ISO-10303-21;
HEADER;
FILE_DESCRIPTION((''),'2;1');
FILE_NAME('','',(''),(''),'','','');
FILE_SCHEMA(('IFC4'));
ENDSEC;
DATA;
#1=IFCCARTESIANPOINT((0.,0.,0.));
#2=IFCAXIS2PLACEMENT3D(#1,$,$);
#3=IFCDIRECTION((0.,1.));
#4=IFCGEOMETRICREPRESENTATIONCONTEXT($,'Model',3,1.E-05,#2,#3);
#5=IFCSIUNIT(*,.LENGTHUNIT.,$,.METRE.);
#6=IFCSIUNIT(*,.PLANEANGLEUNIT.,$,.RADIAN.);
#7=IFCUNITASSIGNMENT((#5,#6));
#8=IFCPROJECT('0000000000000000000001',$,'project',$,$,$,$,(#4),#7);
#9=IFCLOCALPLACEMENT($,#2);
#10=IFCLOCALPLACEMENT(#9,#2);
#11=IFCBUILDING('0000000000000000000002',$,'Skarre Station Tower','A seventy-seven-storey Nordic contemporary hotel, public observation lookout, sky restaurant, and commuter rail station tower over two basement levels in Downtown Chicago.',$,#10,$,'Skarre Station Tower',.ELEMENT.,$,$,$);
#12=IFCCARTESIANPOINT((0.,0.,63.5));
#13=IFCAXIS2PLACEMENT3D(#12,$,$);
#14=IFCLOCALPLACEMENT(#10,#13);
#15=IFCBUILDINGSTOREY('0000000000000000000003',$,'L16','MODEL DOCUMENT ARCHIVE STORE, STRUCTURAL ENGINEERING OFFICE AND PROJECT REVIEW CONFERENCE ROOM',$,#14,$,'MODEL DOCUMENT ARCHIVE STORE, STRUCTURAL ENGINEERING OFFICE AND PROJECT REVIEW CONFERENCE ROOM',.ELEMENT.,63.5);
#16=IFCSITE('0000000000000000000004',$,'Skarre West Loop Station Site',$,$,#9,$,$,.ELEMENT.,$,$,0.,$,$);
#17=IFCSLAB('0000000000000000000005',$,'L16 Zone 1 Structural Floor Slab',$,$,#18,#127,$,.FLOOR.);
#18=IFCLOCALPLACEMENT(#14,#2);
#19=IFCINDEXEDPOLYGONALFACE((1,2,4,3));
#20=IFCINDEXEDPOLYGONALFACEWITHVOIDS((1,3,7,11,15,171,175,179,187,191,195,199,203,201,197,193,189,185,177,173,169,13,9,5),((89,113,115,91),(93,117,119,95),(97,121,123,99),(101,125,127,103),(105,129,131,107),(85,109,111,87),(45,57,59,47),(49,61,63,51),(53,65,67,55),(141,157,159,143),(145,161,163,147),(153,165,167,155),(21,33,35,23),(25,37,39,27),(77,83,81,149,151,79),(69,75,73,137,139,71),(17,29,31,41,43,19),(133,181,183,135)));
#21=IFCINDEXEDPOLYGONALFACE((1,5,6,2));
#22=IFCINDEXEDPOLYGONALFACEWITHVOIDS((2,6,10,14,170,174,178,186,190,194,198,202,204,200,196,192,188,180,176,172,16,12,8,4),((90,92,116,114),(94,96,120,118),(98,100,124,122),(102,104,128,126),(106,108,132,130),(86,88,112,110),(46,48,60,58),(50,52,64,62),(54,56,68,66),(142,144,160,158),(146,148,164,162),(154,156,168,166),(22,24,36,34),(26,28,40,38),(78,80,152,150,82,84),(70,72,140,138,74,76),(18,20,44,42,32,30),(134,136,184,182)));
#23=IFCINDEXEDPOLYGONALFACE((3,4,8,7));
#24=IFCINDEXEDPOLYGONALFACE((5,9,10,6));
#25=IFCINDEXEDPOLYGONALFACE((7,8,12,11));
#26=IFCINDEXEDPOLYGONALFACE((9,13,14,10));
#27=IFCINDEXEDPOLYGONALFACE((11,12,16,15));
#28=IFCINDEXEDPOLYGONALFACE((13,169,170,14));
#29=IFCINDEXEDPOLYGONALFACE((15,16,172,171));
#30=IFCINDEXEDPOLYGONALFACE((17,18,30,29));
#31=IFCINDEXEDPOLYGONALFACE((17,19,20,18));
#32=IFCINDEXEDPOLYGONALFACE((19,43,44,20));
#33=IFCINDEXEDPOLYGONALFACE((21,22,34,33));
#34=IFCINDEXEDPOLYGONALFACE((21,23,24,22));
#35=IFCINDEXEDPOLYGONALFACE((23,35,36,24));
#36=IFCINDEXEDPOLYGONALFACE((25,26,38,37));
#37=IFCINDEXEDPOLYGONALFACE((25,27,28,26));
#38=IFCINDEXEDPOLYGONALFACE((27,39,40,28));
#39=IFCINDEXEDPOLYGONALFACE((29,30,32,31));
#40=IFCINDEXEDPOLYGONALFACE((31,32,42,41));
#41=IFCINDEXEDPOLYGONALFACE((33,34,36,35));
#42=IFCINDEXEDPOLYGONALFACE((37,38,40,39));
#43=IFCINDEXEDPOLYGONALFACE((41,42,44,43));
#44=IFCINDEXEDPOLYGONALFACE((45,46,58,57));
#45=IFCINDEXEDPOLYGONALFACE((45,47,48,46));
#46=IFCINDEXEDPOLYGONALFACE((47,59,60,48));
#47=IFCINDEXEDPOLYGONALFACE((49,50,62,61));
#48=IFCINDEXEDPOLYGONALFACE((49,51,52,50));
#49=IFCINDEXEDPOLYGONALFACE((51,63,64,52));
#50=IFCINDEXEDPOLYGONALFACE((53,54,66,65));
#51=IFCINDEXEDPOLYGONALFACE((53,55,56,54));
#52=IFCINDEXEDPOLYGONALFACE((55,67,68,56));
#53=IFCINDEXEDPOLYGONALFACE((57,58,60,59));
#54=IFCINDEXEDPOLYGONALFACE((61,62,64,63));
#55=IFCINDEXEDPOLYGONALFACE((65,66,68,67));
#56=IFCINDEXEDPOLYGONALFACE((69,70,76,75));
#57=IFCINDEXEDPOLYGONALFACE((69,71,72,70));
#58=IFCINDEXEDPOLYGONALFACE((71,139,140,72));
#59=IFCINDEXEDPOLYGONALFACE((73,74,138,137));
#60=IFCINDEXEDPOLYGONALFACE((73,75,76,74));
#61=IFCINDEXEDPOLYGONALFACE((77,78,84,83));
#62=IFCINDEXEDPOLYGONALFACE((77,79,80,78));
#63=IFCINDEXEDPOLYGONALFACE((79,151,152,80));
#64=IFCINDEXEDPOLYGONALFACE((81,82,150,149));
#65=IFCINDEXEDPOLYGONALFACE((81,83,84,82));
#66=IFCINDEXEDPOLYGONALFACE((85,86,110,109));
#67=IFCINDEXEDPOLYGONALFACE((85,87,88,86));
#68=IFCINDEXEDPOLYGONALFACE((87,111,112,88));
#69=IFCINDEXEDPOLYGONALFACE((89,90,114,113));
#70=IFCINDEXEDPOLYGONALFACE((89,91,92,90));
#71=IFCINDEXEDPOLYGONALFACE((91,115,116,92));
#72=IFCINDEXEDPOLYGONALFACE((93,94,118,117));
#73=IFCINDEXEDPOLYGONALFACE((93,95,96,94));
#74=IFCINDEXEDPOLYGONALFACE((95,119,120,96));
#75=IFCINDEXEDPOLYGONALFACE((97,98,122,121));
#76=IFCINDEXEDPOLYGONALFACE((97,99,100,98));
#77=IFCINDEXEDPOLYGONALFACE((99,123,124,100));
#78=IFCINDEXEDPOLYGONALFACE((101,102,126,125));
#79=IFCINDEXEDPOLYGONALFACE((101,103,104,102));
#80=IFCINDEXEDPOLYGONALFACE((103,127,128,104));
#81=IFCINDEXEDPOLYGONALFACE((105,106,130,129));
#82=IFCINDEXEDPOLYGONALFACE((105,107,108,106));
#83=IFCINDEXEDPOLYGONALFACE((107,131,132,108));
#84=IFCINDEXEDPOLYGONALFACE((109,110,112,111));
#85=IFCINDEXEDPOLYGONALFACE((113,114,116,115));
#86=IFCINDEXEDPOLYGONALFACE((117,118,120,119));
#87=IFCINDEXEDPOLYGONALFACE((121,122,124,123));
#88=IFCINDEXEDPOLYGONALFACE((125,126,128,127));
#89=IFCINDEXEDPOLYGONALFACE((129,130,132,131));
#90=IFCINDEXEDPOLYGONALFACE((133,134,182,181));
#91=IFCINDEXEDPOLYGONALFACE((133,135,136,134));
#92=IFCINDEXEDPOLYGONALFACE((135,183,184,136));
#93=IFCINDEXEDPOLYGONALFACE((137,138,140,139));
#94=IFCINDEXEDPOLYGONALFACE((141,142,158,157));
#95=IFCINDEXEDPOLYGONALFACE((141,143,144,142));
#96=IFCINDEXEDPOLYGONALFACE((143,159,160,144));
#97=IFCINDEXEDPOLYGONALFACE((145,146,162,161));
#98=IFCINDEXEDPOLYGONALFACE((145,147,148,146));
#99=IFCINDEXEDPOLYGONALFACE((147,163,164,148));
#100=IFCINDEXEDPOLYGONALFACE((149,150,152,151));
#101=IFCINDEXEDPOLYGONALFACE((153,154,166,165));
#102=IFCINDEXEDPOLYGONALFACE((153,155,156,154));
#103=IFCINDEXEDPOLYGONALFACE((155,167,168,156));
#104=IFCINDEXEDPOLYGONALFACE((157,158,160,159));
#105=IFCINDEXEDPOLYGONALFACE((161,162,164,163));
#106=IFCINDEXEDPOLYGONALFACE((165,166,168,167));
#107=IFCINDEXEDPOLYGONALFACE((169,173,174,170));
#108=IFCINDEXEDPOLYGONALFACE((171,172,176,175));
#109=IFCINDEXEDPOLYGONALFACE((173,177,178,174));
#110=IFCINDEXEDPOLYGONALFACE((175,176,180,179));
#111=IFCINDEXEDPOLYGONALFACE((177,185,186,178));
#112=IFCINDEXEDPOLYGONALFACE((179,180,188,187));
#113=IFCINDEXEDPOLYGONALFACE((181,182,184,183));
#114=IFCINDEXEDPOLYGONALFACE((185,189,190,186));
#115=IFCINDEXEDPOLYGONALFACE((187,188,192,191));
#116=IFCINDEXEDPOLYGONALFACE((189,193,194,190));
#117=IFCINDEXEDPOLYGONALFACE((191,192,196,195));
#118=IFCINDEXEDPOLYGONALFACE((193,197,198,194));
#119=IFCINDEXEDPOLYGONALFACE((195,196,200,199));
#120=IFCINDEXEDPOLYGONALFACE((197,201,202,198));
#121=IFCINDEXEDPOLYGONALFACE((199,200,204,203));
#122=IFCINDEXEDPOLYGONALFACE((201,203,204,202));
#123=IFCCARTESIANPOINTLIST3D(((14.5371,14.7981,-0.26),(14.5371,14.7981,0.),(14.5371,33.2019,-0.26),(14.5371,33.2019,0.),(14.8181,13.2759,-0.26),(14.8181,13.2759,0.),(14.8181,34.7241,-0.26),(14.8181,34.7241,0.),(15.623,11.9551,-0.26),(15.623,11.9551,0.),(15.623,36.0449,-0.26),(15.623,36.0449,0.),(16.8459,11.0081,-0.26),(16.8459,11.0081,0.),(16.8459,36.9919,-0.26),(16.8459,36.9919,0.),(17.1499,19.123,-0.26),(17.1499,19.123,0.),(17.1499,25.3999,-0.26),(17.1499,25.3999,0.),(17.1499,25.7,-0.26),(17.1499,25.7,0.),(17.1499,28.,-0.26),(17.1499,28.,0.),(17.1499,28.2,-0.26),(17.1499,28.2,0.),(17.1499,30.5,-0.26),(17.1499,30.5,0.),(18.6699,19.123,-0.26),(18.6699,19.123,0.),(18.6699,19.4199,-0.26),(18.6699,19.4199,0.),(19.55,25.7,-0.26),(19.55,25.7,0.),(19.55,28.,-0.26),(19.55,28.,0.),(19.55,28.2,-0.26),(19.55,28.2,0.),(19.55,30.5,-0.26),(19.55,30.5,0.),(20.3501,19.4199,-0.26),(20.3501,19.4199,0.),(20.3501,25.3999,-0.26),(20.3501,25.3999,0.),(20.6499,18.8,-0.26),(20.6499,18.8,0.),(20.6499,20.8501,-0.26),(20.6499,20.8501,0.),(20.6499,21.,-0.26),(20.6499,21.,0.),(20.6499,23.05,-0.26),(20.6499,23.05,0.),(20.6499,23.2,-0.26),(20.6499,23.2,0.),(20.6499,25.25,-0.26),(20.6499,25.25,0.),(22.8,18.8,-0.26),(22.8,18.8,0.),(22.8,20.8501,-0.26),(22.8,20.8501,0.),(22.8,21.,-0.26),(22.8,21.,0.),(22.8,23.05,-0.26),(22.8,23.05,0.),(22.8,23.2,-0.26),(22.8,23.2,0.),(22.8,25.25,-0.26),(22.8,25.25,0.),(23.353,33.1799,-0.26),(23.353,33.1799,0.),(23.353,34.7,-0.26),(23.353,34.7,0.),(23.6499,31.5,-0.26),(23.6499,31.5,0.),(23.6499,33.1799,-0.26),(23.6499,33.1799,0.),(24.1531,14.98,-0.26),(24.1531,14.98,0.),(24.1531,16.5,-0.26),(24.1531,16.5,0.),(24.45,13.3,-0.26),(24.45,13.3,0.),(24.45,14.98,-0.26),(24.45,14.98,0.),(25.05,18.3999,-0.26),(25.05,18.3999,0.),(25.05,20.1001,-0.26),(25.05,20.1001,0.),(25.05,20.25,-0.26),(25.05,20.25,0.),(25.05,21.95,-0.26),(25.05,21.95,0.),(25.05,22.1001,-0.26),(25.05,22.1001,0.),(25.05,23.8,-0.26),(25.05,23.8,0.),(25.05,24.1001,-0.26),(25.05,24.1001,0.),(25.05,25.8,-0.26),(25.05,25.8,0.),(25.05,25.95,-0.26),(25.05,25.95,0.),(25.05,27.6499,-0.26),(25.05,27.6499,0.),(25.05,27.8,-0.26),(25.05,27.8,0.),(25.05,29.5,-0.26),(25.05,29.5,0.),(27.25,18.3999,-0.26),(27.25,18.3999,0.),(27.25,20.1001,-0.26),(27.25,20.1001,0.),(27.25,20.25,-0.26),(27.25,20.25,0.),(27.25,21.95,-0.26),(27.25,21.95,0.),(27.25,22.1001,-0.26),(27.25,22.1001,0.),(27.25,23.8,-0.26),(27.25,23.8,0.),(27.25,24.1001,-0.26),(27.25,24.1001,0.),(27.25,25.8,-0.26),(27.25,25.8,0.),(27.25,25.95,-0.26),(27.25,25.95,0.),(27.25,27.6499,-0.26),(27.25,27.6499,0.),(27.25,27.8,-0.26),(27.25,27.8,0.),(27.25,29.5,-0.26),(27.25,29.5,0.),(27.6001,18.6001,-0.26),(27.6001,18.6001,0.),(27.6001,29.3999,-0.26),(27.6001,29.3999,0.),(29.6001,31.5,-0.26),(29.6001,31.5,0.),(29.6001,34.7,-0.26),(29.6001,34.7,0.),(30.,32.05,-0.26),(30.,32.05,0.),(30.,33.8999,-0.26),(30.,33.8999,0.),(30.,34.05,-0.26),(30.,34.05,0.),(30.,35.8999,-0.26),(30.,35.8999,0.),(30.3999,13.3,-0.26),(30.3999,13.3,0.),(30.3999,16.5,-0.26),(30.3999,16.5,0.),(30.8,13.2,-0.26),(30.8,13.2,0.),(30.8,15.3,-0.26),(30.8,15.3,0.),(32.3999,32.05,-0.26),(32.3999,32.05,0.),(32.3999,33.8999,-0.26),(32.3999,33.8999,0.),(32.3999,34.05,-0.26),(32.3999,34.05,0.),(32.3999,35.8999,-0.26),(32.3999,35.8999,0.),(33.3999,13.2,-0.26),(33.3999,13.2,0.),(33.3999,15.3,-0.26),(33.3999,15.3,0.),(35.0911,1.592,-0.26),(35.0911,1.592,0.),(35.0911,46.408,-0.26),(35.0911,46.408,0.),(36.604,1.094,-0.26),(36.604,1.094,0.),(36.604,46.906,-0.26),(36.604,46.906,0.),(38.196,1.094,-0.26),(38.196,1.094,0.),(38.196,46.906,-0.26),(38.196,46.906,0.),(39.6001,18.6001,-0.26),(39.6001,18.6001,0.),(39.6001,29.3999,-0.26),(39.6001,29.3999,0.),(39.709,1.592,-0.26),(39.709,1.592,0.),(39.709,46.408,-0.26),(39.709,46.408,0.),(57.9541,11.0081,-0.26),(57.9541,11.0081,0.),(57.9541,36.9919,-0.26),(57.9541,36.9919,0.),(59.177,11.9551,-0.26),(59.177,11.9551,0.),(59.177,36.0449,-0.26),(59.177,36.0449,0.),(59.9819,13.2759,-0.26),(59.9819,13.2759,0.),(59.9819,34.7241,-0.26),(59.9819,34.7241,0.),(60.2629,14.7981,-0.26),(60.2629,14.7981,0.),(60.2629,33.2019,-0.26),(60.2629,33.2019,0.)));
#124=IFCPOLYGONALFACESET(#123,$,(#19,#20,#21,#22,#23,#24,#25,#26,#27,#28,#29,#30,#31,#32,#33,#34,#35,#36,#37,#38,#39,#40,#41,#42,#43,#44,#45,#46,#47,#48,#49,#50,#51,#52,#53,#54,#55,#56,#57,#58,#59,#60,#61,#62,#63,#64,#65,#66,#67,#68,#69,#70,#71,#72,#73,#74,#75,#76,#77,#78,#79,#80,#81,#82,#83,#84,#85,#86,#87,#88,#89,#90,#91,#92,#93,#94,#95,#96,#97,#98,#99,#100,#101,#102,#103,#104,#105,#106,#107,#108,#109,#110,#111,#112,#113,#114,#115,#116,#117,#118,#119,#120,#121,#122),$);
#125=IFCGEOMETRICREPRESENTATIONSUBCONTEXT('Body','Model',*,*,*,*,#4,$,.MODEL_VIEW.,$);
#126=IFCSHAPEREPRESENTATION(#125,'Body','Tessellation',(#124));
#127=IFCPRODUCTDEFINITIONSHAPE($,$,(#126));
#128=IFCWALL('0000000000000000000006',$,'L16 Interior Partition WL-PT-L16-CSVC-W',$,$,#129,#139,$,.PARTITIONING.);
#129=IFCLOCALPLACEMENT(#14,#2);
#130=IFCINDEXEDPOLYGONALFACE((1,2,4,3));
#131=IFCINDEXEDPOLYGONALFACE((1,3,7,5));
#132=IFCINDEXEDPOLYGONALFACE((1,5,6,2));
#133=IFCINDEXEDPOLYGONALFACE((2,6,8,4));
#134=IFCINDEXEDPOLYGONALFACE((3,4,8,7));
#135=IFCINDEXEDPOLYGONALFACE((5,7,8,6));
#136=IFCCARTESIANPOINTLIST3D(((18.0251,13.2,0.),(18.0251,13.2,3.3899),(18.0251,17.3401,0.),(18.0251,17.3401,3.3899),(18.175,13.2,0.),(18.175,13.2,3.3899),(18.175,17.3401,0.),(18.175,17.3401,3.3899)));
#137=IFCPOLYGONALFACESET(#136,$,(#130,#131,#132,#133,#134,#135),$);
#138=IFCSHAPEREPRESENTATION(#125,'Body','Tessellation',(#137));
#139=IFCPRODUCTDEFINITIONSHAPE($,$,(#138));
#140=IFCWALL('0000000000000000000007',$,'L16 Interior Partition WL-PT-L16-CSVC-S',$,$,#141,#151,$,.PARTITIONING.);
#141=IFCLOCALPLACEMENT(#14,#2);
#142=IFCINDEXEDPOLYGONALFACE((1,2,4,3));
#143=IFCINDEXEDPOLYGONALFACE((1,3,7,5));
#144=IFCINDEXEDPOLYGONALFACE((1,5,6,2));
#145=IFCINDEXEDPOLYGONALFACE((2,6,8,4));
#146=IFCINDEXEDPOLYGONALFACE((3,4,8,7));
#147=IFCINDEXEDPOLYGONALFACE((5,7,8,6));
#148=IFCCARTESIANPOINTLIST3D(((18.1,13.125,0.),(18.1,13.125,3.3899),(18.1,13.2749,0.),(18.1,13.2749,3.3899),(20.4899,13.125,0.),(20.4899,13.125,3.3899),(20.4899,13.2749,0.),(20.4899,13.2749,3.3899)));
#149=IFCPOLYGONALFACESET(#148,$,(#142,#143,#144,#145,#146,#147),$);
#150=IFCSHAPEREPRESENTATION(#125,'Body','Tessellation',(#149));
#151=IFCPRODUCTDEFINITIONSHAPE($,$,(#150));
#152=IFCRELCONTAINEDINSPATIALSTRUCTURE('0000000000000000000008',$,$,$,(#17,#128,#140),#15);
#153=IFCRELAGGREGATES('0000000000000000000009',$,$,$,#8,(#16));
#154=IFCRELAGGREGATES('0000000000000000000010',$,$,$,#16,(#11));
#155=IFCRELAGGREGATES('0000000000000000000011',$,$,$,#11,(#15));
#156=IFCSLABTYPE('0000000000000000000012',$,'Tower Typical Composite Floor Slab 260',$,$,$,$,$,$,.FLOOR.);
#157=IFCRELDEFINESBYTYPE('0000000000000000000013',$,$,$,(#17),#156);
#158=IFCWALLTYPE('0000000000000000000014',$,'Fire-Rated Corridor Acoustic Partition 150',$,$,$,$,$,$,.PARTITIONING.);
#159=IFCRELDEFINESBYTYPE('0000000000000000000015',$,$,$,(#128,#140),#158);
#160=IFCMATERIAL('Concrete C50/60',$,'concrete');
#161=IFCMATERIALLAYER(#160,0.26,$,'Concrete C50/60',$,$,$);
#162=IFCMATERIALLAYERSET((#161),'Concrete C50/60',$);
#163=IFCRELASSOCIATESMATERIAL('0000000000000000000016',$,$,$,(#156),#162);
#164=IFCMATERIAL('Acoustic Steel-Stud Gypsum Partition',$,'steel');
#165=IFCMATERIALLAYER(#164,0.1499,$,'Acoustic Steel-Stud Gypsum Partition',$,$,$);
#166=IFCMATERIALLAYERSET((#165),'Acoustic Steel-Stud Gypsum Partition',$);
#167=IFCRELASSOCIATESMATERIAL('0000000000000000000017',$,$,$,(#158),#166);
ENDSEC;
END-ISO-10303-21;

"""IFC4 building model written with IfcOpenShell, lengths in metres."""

from ifc_helpers import new_model, si_unit, direction, frame, frame_2d, origin, place, context, subcontext, project, spatial, polyline, rectangle, outline, extrude, material, layer, layer_set, type_object, element, save


model = new_model("IFC4")

# Units and contexts
model_context = context("Model", 3, precision=1e-05, world=origin(), true_north=direction((0.0, 1.0)))
body_context = subcontext(model_context, "Body", "Model", "MODEL_VIEW")
ifc_project = project(units=[si_unit("LENGTHUNIT", "METRE"), si_unit("PLANEANGLEUNIT", "RADIAN")], contexts=[model_context])

# Site, building, storey
site_placement = place(None, origin())
site = spatial("IfcSite", under=ifc_project, at=site_placement, Name="Skarre West Loop Station Site", CompositionType="ELEMENT", RefElevation=0.0)
building_placement = place(site_placement, origin())
building = spatial("IfcBuilding", under=site, at=building_placement, Name="Skarre Station Tower", Description="A seventy-seven-storey Nordic contemporary hotel, public observation lookout, sky restaurant, and commuter rail station tower over two basement levels in Downtown Chicago.", LongName="Skarre Station Tower", CompositionType="ELEMENT")
storey_placement = place(building_placement, frame((0.0, 0.0, 63.5)))
storey = spatial("IfcBuildingStorey", under=building, at=storey_placement, Name="L16", Description="MODEL DOCUMENT ARCHIVE STORE, STRUCTURAL ENGINEERING OFFICE AND PROJECT REVIEW CONFERENCE ROOM", LongName="MODEL DOCUMENT ARCHIVE STORE, STRUCTURAL ENGINEERING OFFICE AND PROJECT REVIEW CONFERENCE ROOM", CompositionType="ELEMENT", Elevation=63.5)

# Shared definitions
ifc_material_1 = material(Name="Concrete C50/60", Category="concrete")

# Slab
ifc_layer_1 = layer(ifc_material_1, 0.26, Name="Concrete C50/60")
ifc_layer_set_1 = layer_set([ifc_layer_1], Name="Concrete C50/60")
slab_type_1 = type_object("IfcSlabType", Name="Tower Typical Composite Floor Slab 260", PredefinedType="FLOOR", material=ifc_layer_set_1)
slab_1_placement = place(storey_placement, frame((0.0, 0.0, -0.26)))
element("IfcSlab", 1, at=slab_1_placement, inside=storey, type_object=slab_type_1, Name="L16 Zone 1 Structural Floor Slab", PredefinedType="FLOOR", context=body_context, shape_type="SweptSolid", body=[
    extrude(outline(polyline([(60.2629, 33.2019), (59.9819, 34.7241), (59.177, 36.0449), (57.9541, 36.9919), (39.709, 46.408), (38.196, 46.906), (36.604, 46.906), (35.0911, 46.408), (16.8459, 36.9919), (15.623, 36.0449), (14.8181, 34.7241), (14.5371, 33.2019), (14.5371, 14.7981), (14.8181, 13.2759), (15.623, 11.9551), (16.8459, 11.0081), (35.0911, 1.592), (36.604, 1.094), (38.196, 1.094), (39.709, 1.592), (57.9541, 11.0081), (59.177, 11.9551), (59.9819, 13.2759), (60.2629, 14.7981), (60.2629, 33.2019)]), holes=[polyline([(18.6699, 19.4199), (18.6699, 19.123), (17.1499, 19.123), (17.1499, 25.3999), (20.3501, 25.3999), (20.3501, 19.4199), (18.6699, 19.4199)]), polyline([(24.45, 14.98), (24.1531, 14.98), (24.1531, 16.5), (30.3999, 16.5), (30.3999, 13.3), (24.45, 13.3), (24.45, 14.98)]), polyline([(23.6499, 33.1799), (23.353, 33.1799), (23.353, 34.7), (29.6001, 34.7), (29.6001, 31.5), (23.6499, 31.5), (23.6499, 33.1799)]), polyline([(17.1499, 28.0), (19.55, 28.0), (19.55, 25.7), (17.1499, 25.7), (17.1499, 28.0)]), polyline([(17.1499, 30.5), (19.55, 30.5), (19.55, 28.2), (17.1499, 28.2), (17.1499, 30.5)]), polyline([(30.8, 15.3), (33.3999, 15.3), (33.3999, 13.2), (30.8, 13.2), (30.8, 15.3)]), polyline([(25.05, 20.1001), (27.25, 20.1001), (27.25, 18.3999), (25.05, 18.3999), (25.05, 20.1001)]), polyline([(25.05, 21.95), (27.25, 21.95), (27.25, 20.25), (25.05, 20.25), (25.05, 21.95)]), polyline([(25.05, 23.8), (27.25, 23.8), (27.25, 22.1001), (25.05, 22.1001), (25.05, 23.8)]), polyline([(25.05, 25.8), (27.25, 25.8), (27.25, 24.1001), (25.05, 24.1001), (25.05, 25.8)]), polyline([(25.05, 27.6499), (27.25, 27.6499), (27.25, 25.95), (25.05, 25.95), (25.05, 27.6499)]), polyline([(25.05, 29.5), (27.25, 29.5), (27.25, 27.8), (25.05, 27.8), (25.05, 29.5)]), polyline([(20.6499, 20.8501), (22.8, 20.8501), (22.8, 18.8), (20.6499, 18.8), (20.6499, 20.8501)]), polyline([(20.6499, 23.05), (22.8, 23.05), (22.8, 21.0), (20.6499, 21.0), (20.6499, 23.05)]), polyline([(20.6499, 25.25), (22.8, 25.25), (22.8, 23.2), (20.6499, 23.2), (20.6499, 25.25)]), polyline([(30.0, 33.8999), (32.3999, 33.8999), (32.3999, 32.05), (30.0, 32.05), (30.0, 33.8999)]), polyline([(30.0, 35.8999), (32.3999, 35.8999), (32.3999, 34.05), (30.0, 34.05), (30.0, 35.8999)]), polyline([(27.6001, 29.3999), (39.6001, 29.3999), (39.6001, 18.6001), (27.6001, 18.6001), (27.6001, 29.3999)])]), origin(), (0.0, 0.0, 1.0), 0.26),
])

# Walls
ifc_material_2 = material(Name="Acoustic Steel-Stud Gypsum Partition", Category="steel")
ifc_layer_2 = layer(ifc_material_2, 0.1499, Name="Acoustic Steel-Stud Gypsum Partition")
ifc_layer_set_2 = layer_set([ifc_layer_2], Name="Acoustic Steel-Stud Gypsum Partition")
wall_type_1 = type_object("IfcWallType", Name="Fire-Rated Corridor Acoustic Partition 150", PredefinedType="PARTITIONING", material=ifc_layer_set_2)
wall_1_placement = place(storey_placement, frame((18.1001, 17.3401, 0.0), z_axis=(0.0, 0.0, 1.0), x_axis=(0.0, -1.0, 0.0)))
element("IfcWall", 2, at=wall_1_placement, inside=storey, type_object=wall_type_1, Name="L16 Interior Partition WL-PT-L16-CSVC-W", PredefinedType="PARTITIONING", context=body_context, shape_type="SweptSolid", body=[
    extrude(rectangle(XDim=4.1401, YDim=0.1499, at=frame_2d((2.0701, 0.0))), origin(), (0.0, 0.0, 1.0), 3.3899),
])
wall_2_placement = place(storey_placement, frame((18.1001, 13.2, 0.0), z_axis=(0.0, 0.0, 1.0), x_axis=(1.0, 0.0, 0.0)))
element("IfcWall", 3, at=wall_2_placement, inside=storey, type_object=wall_type_1, Name="L16 Interior Partition WL-PT-L16-CSVC-S", PredefinedType="PARTITIONING", context=body_context, shape_type="SweptSolid", body=[
    extrude(rectangle(XDim=2.3899, YDim=0.1499, at=frame_2d((1.1948, 0.0))), origin(), (0.0, 0.0, 1.0), 3.3899),
])

save(model, "model.ifc")
